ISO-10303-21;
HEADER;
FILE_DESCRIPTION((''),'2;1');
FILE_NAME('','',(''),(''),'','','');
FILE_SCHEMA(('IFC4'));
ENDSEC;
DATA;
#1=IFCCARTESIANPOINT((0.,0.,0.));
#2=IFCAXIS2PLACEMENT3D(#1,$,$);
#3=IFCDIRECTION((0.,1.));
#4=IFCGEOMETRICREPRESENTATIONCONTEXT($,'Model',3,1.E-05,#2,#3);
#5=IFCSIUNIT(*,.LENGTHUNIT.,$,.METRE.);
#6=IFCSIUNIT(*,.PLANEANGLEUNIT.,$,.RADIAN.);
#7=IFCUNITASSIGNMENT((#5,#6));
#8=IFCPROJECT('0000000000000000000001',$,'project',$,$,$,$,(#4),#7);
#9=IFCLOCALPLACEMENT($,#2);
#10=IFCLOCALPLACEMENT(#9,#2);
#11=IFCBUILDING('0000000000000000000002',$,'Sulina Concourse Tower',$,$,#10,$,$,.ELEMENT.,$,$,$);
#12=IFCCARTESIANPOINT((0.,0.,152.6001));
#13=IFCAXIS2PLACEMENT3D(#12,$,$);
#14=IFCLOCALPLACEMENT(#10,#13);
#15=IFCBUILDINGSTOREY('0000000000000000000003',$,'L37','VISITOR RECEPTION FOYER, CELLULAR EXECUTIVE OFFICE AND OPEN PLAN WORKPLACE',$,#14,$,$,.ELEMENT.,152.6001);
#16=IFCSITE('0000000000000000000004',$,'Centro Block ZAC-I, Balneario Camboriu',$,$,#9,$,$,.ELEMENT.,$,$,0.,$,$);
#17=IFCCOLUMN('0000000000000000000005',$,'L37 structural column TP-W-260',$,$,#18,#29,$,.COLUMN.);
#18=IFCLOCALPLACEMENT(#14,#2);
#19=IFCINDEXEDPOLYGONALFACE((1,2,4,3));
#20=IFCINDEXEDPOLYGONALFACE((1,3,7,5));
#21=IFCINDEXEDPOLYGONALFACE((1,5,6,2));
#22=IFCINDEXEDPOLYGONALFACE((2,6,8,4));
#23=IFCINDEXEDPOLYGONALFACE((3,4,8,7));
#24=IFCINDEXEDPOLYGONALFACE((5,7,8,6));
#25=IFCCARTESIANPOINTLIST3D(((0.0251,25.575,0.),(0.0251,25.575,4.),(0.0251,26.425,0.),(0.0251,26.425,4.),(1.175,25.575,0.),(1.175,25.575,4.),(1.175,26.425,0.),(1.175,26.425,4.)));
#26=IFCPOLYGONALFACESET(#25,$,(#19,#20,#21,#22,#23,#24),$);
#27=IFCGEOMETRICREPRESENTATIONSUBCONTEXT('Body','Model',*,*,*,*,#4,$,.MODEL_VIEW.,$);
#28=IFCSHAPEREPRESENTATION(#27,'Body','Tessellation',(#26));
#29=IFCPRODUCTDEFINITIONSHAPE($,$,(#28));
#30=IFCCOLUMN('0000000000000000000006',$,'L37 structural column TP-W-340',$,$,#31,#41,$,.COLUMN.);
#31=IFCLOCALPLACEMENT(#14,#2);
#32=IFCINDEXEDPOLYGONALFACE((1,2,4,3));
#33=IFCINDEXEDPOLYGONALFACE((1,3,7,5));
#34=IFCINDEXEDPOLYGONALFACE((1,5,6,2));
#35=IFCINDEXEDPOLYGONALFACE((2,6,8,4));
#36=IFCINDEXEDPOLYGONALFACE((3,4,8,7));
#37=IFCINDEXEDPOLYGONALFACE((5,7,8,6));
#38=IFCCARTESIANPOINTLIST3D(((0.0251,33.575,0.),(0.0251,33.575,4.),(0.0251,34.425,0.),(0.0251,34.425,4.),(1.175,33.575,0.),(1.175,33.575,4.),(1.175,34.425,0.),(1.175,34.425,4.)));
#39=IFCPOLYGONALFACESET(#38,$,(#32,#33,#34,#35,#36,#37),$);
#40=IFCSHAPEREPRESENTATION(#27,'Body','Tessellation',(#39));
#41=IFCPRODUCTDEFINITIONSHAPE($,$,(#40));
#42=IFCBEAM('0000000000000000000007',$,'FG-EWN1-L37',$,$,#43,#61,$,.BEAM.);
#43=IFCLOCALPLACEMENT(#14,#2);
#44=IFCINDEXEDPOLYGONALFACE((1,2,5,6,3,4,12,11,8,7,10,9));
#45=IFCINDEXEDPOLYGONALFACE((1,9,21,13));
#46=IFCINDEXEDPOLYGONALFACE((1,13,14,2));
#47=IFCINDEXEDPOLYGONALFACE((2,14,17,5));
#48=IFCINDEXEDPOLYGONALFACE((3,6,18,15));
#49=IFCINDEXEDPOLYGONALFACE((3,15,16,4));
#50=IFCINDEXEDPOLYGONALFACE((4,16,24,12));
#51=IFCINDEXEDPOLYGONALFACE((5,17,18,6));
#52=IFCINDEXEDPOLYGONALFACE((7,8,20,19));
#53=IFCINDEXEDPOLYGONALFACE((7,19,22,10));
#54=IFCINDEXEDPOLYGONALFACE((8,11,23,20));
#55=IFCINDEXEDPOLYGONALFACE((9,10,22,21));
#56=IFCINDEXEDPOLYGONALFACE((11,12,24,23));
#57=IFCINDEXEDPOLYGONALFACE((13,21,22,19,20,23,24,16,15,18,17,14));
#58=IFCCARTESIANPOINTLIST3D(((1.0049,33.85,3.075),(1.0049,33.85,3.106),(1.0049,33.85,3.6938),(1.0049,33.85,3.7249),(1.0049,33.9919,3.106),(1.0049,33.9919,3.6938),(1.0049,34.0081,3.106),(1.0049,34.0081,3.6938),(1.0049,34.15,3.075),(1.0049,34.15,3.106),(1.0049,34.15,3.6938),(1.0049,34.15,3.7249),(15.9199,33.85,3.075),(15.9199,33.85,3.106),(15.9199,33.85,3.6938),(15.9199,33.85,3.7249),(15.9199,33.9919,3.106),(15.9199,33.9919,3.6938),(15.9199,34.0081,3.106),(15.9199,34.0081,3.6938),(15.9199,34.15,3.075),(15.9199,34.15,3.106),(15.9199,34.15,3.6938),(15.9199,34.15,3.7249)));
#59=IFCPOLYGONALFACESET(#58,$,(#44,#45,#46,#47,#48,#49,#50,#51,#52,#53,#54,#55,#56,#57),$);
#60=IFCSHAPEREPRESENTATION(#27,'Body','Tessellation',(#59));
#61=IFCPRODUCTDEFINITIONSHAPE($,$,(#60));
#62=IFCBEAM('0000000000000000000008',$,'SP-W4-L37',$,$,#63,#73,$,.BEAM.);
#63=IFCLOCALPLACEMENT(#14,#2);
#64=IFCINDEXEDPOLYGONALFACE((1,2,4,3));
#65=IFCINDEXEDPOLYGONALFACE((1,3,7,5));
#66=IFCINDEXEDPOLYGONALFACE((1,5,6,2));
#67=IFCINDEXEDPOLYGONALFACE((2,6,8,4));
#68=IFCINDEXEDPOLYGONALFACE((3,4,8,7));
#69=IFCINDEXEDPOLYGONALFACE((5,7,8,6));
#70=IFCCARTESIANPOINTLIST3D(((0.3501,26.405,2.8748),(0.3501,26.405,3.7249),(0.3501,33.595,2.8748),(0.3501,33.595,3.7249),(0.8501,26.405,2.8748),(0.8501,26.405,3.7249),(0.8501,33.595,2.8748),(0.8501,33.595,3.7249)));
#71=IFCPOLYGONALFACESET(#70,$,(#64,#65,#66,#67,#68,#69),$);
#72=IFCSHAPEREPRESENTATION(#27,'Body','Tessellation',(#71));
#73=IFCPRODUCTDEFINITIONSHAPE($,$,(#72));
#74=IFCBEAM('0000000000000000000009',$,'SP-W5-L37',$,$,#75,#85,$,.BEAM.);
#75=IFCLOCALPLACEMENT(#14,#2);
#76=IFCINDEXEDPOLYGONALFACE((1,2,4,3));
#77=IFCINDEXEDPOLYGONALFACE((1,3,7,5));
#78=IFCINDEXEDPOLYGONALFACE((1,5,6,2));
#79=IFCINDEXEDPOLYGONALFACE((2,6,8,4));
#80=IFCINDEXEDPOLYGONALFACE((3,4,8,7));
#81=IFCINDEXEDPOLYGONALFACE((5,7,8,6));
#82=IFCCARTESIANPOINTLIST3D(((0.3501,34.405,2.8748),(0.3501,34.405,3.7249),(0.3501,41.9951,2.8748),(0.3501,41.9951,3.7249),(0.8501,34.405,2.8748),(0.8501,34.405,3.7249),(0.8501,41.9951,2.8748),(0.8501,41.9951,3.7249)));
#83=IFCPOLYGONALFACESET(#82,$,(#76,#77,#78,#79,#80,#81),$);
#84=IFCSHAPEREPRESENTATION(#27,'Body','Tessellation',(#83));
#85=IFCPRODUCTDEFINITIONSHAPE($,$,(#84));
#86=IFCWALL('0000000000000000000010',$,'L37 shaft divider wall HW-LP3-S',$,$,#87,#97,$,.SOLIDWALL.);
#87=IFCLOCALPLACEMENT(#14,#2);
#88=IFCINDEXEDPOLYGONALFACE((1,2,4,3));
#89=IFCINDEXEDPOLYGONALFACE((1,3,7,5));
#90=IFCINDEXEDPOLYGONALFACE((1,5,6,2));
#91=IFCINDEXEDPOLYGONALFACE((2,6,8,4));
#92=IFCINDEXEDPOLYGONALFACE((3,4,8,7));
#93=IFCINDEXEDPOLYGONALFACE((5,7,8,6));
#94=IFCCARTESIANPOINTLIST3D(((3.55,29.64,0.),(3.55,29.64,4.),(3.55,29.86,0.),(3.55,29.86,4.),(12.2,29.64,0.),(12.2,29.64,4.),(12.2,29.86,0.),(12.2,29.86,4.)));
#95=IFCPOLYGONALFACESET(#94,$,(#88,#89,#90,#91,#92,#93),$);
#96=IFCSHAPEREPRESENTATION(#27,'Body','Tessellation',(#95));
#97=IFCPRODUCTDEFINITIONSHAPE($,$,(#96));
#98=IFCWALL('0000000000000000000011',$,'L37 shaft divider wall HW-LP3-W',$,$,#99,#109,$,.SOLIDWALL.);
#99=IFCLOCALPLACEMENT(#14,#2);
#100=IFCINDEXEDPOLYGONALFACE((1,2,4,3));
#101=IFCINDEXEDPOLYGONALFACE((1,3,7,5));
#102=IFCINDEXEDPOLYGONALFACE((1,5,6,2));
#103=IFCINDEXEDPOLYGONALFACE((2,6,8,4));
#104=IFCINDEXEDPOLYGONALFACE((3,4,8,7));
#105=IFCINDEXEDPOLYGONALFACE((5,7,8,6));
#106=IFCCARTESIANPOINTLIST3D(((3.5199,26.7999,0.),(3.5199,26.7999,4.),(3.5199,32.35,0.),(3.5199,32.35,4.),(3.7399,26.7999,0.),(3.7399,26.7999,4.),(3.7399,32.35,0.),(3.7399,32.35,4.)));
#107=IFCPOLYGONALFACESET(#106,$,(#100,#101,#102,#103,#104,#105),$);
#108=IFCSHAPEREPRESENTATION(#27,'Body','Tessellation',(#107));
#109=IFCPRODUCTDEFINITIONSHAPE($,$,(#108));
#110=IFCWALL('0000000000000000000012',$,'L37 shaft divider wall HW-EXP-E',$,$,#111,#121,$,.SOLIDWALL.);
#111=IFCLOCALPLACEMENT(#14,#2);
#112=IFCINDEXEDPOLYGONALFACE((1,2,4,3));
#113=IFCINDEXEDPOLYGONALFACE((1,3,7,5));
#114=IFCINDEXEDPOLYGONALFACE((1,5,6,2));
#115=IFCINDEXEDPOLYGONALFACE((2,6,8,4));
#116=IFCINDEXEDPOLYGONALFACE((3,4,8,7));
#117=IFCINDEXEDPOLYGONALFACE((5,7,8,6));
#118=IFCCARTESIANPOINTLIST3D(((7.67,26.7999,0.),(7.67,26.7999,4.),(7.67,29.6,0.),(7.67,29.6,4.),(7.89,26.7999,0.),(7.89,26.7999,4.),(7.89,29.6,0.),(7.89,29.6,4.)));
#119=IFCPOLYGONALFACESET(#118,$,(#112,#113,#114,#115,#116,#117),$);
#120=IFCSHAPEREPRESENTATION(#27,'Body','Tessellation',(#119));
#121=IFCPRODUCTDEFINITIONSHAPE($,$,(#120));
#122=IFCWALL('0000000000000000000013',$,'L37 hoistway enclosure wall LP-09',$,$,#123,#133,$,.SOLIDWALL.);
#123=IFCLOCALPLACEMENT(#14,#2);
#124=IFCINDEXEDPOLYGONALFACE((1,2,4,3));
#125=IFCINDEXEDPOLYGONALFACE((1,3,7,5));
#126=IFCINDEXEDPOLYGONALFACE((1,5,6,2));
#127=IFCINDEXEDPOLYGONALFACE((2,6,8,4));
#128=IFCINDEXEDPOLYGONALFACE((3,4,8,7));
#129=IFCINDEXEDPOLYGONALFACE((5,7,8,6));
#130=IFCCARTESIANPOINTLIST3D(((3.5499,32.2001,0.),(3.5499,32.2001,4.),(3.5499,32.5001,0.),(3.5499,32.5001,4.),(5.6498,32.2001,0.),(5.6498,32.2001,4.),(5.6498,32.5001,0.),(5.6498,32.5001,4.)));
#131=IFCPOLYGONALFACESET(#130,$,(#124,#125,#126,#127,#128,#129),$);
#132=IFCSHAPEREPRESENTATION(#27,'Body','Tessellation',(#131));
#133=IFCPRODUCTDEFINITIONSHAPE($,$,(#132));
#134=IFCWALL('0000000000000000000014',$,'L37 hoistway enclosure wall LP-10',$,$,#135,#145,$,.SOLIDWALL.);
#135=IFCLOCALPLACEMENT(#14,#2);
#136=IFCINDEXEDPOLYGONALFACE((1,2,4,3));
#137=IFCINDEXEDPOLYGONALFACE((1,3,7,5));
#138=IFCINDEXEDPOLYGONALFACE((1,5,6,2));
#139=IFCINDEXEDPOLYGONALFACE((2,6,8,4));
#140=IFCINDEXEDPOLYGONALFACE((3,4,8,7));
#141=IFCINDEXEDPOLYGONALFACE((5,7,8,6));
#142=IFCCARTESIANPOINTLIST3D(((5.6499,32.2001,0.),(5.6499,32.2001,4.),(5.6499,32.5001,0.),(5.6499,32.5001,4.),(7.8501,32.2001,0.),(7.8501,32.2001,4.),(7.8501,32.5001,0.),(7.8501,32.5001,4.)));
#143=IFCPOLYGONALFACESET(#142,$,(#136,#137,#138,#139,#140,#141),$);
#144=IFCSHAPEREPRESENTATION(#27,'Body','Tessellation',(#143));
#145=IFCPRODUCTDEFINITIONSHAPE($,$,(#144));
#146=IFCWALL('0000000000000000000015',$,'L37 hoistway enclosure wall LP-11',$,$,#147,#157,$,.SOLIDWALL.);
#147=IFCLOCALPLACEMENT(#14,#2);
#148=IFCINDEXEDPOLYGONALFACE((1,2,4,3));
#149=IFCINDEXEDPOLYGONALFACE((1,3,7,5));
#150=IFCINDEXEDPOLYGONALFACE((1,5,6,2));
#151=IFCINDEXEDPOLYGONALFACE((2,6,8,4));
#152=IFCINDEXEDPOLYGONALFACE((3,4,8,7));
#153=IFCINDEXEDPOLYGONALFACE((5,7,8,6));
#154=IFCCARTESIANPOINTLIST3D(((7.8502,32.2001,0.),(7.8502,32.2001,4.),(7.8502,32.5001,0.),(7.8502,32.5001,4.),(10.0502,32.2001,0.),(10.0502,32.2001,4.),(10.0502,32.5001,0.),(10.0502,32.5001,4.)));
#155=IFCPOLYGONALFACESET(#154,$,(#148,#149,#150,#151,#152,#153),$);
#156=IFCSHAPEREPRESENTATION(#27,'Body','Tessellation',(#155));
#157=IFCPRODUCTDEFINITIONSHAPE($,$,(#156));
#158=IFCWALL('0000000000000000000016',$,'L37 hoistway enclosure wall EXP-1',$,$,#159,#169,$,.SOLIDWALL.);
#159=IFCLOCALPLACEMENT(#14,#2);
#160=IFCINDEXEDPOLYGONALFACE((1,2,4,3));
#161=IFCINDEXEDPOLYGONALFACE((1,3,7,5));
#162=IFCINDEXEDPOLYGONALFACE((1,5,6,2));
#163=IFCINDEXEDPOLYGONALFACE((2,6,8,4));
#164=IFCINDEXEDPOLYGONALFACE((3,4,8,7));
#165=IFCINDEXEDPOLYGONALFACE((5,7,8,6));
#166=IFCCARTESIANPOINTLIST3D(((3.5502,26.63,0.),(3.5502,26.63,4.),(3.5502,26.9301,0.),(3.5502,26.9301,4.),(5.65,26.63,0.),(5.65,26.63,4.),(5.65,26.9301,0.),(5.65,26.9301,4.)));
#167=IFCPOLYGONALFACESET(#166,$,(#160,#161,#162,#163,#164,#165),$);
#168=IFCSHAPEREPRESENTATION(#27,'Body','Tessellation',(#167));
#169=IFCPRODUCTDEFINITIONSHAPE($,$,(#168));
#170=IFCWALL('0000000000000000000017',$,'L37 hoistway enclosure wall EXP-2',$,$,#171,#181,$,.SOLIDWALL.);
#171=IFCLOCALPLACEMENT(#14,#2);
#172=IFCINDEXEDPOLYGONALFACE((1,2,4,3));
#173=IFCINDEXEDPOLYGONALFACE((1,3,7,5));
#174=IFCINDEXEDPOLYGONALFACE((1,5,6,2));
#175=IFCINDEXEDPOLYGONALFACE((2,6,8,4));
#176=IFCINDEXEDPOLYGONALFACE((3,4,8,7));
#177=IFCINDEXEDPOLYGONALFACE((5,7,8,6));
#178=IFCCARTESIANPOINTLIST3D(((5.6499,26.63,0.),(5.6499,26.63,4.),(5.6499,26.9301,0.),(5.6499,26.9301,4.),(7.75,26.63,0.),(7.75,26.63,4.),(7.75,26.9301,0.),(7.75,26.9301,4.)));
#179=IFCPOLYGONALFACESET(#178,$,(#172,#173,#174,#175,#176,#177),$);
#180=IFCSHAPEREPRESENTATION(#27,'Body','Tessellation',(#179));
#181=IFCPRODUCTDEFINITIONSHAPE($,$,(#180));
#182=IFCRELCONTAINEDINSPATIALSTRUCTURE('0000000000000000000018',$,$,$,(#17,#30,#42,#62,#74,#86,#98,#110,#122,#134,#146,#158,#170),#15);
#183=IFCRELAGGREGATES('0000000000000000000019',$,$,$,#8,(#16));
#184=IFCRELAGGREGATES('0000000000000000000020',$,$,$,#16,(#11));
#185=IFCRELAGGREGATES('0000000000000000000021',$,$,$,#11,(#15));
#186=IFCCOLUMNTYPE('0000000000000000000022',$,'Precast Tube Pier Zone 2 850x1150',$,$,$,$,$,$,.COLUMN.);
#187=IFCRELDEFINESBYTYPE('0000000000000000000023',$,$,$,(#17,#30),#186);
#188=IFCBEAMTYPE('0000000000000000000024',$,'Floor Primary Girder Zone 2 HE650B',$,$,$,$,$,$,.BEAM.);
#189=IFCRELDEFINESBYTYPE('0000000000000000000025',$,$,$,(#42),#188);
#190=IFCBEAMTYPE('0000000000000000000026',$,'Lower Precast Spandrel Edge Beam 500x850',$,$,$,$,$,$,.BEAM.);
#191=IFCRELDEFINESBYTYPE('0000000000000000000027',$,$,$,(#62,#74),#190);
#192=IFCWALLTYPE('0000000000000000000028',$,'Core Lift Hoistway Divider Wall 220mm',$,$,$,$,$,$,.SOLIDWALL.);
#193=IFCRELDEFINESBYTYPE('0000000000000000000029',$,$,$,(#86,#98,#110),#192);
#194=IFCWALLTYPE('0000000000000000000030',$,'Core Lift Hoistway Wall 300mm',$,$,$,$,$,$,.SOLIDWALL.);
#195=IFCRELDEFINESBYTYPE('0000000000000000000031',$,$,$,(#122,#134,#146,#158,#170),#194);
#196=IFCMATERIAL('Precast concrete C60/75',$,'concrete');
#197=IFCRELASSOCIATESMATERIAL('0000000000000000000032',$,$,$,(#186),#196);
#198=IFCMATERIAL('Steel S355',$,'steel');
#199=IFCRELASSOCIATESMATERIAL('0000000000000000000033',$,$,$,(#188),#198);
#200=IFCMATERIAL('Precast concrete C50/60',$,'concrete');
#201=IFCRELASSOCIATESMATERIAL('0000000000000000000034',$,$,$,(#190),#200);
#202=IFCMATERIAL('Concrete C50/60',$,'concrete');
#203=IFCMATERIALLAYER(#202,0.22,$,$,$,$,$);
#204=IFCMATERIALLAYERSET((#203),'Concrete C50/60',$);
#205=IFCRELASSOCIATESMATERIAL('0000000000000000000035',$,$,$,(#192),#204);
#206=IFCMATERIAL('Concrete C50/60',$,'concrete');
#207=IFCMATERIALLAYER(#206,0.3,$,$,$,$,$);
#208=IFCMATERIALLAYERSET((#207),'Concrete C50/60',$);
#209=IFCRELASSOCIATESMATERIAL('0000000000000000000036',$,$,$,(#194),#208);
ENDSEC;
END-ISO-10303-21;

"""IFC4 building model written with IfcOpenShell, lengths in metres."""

from ifc_helpers import new_model, si_unit, direction, frame, frame_2d, origin, origin_2d, place, context, subcontext, project, spatial, rectangle, i_section, extrude, material, layer, layer_set, material_profile, profile_set, type_object, element, save


model = new_model("IFC4")

# Units and contexts
model_context = context("Model", 3, precision=1e-05, world=origin(), true_north=direction((0.0, 1.0)))
body_context = subcontext(model_context, "Body", "Model", "MODEL_VIEW")
ifc_project = project(units=[si_unit("LENGTHUNIT", "METRE"), si_unit("PLANEANGLEUNIT", "RADIAN")], contexts=[model_context])

# Site, building, storey
site_placement = place(None, origin())
site = spatial("IfcSite", under=ifc_project, at=site_placement, Name="Centro Block ZAC-I, Balneario Camboriu", CompositionType="ELEMENT", RefElevation=0.0)
building_placement = place(site_placement, origin())
building = spatial("IfcBuilding", under=site, at=building_placement, Name="Sulina Concourse Tower", CompositionType="ELEMENT")
storey_placement = place(building_placement, frame((0.0, 0.0, 152.6001)))
storey = spatial("IfcBuildingStorey", under=building, at=storey_placement, Name="L37", Description="VISITOR RECEPTION FOYER, CELLULAR EXECUTIVE OFFICE AND OPEN PLAN WORKPLACE", CompositionType="ELEMENT", Elevation=152.6001)

# Columns
ifc_material_1 = material(Name="Precast concrete C60/75", Category="concrete")
ifc_material_profile_1 = material_profile(ifc_material_1, rectangle(XDim=0.8501, YDim=1.1499, at=origin_2d()), Name="PC 850x1150")
ifc_profile_set_1 = profile_set([ifc_material_profile_1], Name="Precast concrete C60/75")
column_type = type_object("IfcColumnType", Name="Precast Tube Pier Zone 2 850x1150", PredefinedType="COLUMN", material=ifc_profile_set_1)
for number, where, z_axis, x_axis, name in (
    (1, (0.6001, 26.0, 0.0), (0.0, 0.0, 1.0), (0.0, 1.0, 0.0), "L37 structural column TP-W-260"),
    (2, (0.6001, 34.0, 0.0), (0.0, 0.0, 1.0), (0.0, 1.0, 0.0), "L37 structural column TP-W-340"),
):
    element("IfcColumn", number, at=place(storey_placement, frame(where, z_axis=z_axis, x_axis=x_axis)), inside=storey, type_object=column_type, Name=name, PredefinedType="COLUMN", context=body_context, shape_type="SweptSolid", body=[
        extrude(rectangle(XDim=0.8501, YDim=1.1499, at=origin_2d()), origin(), (0.0, 0.0, 1.0), 4.0),
    ])

# Beams
ifc_material_2 = material(Name="Steel S355", Category="steel")
ifc_material_profile_2 = material_profile(ifc_material_2, i_section(OverallWidth=0.3, OverallDepth=0.6499, WebThickness=0.0161, FlangeThickness=0.031, at=origin_2d()), Name="HE 650 B")
ifc_profile_set_2 = profile_set([ifc_material_profile_2], Name="Steel S355")
beam_type_1 = type_object("IfcBeamType", Name="Floor Primary Girder Zone 2 HE650B", PredefinedType="BEAM", material=ifc_profile_set_2)
beam_1_placement = place(storey_placement, frame((1.0049, 34.0, 3.3999), z_axis=(1.0, 0.0, 0.0), x_axis=(0.0, 1.0, 0.0)))
element("IfcBeam", 3, at=beam_1_placement, inside=storey, type_object=beam_type_1, Name="FG-EWN1-L37", PredefinedType="BEAM", context=body_context, shape_type="SweptSolid", body=[
    extrude(i_section(OverallWidth=0.3, OverallDepth=0.6499, WebThickness=0.0161, FlangeThickness=0.031, at=origin_2d()), origin(), (0.0, 0.0, 1.0), 14.915),
])
ifc_material_3 = material(Name="Precast concrete C50/60", Category="concrete")
ifc_material_profile_3 = material_profile(ifc_material_3, rectangle(XDim=0.5, YDim=0.8501, at=origin_2d()), Name="RC 500x850")
ifc_profile_set_3 = profile_set([ifc_material_profile_3], Name="Precast concrete C50/60")
beam_type_2 = type_object("IfcBeamType", Name="Lower Precast Spandrel Edge Beam 500x850", PredefinedType="BEAM", material=ifc_profile_set_3)
beam_2_placement = place(storey_placement, frame((0.6001, 26.405, 3.2998), z_axis=(0.0, 1.0, 0.0), x_axis=(-1.0, 0.0, 0.0)))
element("IfcBeam", 4, at=beam_2_placement, inside=storey, type_object=beam_type_2, Name="SP-W4-L37", PredefinedType="BEAM", context=body_context, shape_type="SweptSolid", body=[
    extrude(rectangle(XDim=0.5, YDim=0.8501, at=origin_2d()), origin(), (0.0, 0.0, 1.0), 7.1899),
])
beam_3_placement = place(storey_placement, frame((0.6001, 34.405, 3.2998), z_axis=(0.0, 1.0, 0.0), x_axis=(-1.0, 0.0, 0.0)))
element("IfcBeam", 5, at=beam_3_placement, inside=storey, type_object=beam_type_2, Name="SP-W5-L37", PredefinedType="BEAM", context=body_context, shape_type="SweptSolid", body=[
    extrude(rectangle(XDim=0.5, YDim=0.8501, at=origin_2d()), origin(), (0.0, 0.0, 1.0), 7.5901),
])

# Walls
ifc_material_4 = material(Name="Concrete C50/60", Category="concrete")
ifc_layer_1 = layer(ifc_material_4, 0.22)
ifc_layer_set_1 = layer_set([ifc_layer_1], Name="Concrete C50/60")
wall_type_1 = type_object("IfcWallType", Name="Core Lift Hoistway Divider Wall 220mm", PredefinedType="SOLIDWALL", material=ifc_layer_set_1)
wall_1_placement = place(storey_placement, frame((3.55, 29.75, 0.0), z_axis=(0.0, 0.0, 1.0), x_axis=(1.0, 0.0, 0.0)))
element("IfcWall", 6, at=wall_1_placement, inside=storey, type_object=wall_type_1, Name="L37 shaft divider wall HW-LP3-S", PredefinedType="SOLIDWALL", context=body_context, shape_type="SweptSolid", body=[
    extrude(rectangle(XDim=8.6499, YDim=0.22, at=frame_2d((4.325, 0.0))), origin(), (0.0, 0.0, 1.0), 4.0),
])
wall_2_placement = place(storey_placement, frame((3.6299, 26.8, 0.0), z_axis=(0.0, 0.0, 1.0), x_axis=(0.0, 1.0, 0.0)))
element("IfcWall", 7, at=wall_2_placement, inside=storey, type_object=wall_type_1, Name="L37 shaft divider wall HW-LP3-W", PredefinedType="SOLIDWALL", context=body_context, shape_type="SweptSolid", body=[
    extrude(rectangle(XDim=5.55, YDim=0.22, at=frame_2d((2.7749, 0.0))), origin(), (0.0, 0.0, 1.0), 4.0),
])
wall_3_placement = place(storey_placement, frame((7.78, 26.8, 0.0), z_axis=(0.0, 0.0, 1.0), x_axis=(0.0, 1.0, 0.0)))
element("IfcWall", 8, at=wall_3_placement, inside=storey, type_object=wall_type_1, Name="L37 shaft divider wall HW-EXP-E", PredefinedType="SOLIDWALL", context=body_context, shape_type="SweptSolid", body=[
    extrude(rectangle(XDim=2.8, YDim=0.22, at=frame_2d((1.3999, 0.0))), origin(), (0.0, 0.0, 1.0), 4.0),
])
ifc_material_5 = material(Name="Concrete C50/60", Category="concrete")
ifc_layer_2 = layer(ifc_material_5, 0.3)
ifc_layer_set_2 = layer_set([ifc_layer_2], Name="Concrete C50/60")
wall_type_2 = type_object("IfcWallType", Name="Core Lift Hoistway Wall 300mm", PredefinedType="SOLIDWALL", material=ifc_layer_set_2)
wall_4_placement = place(storey_placement, frame((3.55, 32.3501, 0.0), z_axis=(0.0, 0.0, 1.0), x_axis=(1.0, 0.0, 0.0)))
element("IfcWall", 9, at=wall_4_placement, inside=storey, type_object=wall_type_2, Name="L37 hoistway enclosure wall LP-09", PredefinedType="SOLIDWALL", context=body_context, shape_type="SweptSolid", body=[
    extrude(rectangle(XDim=2.0999, YDim=0.3, at=frame_2d((1.0498, 0.0))), origin(), (0.0, 0.0, 1.0), 4.0),
])
wall_5_placement = place(storey_placement, frame((5.6499, 32.3501, 0.0), z_axis=(0.0, 0.0, 1.0), x_axis=(1.0, 0.0, 0.0)))
element("IfcWall", 10, at=wall_5_placement, inside=storey, type_object=wall_type_2, Name="L37 hoistway enclosure wall LP-10", PredefinedType="SOLIDWALL", context=body_context, shape_type="SweptSolid", body=[
    extrude(rectangle(XDim=2.2002, YDim=0.3, at=frame_2d((1.1001, 0.0))), origin(), (0.0, 0.0, 1.0), 4.0),
])
wall_6_placement = place(storey_placement, frame((7.8501, 32.3501, 0.0), z_axis=(0.0, 0.0, 1.0), x_axis=(1.0, 0.0, 0.0)))
element("IfcWall", 11, at=wall_6_placement, inside=storey, type_object=wall_type_2, Name="L37 hoistway enclosure wall LP-11", PredefinedType="SOLIDWALL", context=body_context, shape_type="SweptSolid", body=[
    extrude(rectangle(XDim=2.2, YDim=0.3, at=frame_2d((1.1001, 0.0))), origin(), (0.0, 0.0, 1.0), 4.0),
])
wall_7_placement = place(storey_placement, frame((5.6499, 26.78, 0.0), z_axis=(0.0, 0.0, 1.0), x_axis=(-1.0, 0.0, 0.0)))
element("IfcWall", 12, at=wall_7_placement, inside=storey, type_object=wall_type_2, Name="L37 hoistway enclosure wall EXP-1", PredefinedType="SOLIDWALL", context=body_context, shape_type="SweptSolid", body=[
    extrude(rectangle(XDim=2.0999, YDim=0.3, at=frame_2d((1.0498, 0.0))), origin(), (0.0, 0.0, 1.0), 4.0),
])
wall_8_placement = place(storey_placement, frame((7.75, 26.78, 0.0), z_axis=(0.0, 0.0, 1.0), x_axis=(-1.0, 0.0, 0.0)))
element("IfcWall", 13, at=wall_8_placement, inside=storey, type_object=wall_type_2, Name="L37 hoistway enclosure wall EXP-2", PredefinedType="SOLIDWALL", context=body_context, shape_type="SweptSolid", body=[
    extrude(rectangle(XDim=2.1001, YDim=0.3, at=frame_2d((1.05, 0.0))), origin(), (0.0, 0.0, 1.0), 4.0),
])

save(model, "model.ifc")
